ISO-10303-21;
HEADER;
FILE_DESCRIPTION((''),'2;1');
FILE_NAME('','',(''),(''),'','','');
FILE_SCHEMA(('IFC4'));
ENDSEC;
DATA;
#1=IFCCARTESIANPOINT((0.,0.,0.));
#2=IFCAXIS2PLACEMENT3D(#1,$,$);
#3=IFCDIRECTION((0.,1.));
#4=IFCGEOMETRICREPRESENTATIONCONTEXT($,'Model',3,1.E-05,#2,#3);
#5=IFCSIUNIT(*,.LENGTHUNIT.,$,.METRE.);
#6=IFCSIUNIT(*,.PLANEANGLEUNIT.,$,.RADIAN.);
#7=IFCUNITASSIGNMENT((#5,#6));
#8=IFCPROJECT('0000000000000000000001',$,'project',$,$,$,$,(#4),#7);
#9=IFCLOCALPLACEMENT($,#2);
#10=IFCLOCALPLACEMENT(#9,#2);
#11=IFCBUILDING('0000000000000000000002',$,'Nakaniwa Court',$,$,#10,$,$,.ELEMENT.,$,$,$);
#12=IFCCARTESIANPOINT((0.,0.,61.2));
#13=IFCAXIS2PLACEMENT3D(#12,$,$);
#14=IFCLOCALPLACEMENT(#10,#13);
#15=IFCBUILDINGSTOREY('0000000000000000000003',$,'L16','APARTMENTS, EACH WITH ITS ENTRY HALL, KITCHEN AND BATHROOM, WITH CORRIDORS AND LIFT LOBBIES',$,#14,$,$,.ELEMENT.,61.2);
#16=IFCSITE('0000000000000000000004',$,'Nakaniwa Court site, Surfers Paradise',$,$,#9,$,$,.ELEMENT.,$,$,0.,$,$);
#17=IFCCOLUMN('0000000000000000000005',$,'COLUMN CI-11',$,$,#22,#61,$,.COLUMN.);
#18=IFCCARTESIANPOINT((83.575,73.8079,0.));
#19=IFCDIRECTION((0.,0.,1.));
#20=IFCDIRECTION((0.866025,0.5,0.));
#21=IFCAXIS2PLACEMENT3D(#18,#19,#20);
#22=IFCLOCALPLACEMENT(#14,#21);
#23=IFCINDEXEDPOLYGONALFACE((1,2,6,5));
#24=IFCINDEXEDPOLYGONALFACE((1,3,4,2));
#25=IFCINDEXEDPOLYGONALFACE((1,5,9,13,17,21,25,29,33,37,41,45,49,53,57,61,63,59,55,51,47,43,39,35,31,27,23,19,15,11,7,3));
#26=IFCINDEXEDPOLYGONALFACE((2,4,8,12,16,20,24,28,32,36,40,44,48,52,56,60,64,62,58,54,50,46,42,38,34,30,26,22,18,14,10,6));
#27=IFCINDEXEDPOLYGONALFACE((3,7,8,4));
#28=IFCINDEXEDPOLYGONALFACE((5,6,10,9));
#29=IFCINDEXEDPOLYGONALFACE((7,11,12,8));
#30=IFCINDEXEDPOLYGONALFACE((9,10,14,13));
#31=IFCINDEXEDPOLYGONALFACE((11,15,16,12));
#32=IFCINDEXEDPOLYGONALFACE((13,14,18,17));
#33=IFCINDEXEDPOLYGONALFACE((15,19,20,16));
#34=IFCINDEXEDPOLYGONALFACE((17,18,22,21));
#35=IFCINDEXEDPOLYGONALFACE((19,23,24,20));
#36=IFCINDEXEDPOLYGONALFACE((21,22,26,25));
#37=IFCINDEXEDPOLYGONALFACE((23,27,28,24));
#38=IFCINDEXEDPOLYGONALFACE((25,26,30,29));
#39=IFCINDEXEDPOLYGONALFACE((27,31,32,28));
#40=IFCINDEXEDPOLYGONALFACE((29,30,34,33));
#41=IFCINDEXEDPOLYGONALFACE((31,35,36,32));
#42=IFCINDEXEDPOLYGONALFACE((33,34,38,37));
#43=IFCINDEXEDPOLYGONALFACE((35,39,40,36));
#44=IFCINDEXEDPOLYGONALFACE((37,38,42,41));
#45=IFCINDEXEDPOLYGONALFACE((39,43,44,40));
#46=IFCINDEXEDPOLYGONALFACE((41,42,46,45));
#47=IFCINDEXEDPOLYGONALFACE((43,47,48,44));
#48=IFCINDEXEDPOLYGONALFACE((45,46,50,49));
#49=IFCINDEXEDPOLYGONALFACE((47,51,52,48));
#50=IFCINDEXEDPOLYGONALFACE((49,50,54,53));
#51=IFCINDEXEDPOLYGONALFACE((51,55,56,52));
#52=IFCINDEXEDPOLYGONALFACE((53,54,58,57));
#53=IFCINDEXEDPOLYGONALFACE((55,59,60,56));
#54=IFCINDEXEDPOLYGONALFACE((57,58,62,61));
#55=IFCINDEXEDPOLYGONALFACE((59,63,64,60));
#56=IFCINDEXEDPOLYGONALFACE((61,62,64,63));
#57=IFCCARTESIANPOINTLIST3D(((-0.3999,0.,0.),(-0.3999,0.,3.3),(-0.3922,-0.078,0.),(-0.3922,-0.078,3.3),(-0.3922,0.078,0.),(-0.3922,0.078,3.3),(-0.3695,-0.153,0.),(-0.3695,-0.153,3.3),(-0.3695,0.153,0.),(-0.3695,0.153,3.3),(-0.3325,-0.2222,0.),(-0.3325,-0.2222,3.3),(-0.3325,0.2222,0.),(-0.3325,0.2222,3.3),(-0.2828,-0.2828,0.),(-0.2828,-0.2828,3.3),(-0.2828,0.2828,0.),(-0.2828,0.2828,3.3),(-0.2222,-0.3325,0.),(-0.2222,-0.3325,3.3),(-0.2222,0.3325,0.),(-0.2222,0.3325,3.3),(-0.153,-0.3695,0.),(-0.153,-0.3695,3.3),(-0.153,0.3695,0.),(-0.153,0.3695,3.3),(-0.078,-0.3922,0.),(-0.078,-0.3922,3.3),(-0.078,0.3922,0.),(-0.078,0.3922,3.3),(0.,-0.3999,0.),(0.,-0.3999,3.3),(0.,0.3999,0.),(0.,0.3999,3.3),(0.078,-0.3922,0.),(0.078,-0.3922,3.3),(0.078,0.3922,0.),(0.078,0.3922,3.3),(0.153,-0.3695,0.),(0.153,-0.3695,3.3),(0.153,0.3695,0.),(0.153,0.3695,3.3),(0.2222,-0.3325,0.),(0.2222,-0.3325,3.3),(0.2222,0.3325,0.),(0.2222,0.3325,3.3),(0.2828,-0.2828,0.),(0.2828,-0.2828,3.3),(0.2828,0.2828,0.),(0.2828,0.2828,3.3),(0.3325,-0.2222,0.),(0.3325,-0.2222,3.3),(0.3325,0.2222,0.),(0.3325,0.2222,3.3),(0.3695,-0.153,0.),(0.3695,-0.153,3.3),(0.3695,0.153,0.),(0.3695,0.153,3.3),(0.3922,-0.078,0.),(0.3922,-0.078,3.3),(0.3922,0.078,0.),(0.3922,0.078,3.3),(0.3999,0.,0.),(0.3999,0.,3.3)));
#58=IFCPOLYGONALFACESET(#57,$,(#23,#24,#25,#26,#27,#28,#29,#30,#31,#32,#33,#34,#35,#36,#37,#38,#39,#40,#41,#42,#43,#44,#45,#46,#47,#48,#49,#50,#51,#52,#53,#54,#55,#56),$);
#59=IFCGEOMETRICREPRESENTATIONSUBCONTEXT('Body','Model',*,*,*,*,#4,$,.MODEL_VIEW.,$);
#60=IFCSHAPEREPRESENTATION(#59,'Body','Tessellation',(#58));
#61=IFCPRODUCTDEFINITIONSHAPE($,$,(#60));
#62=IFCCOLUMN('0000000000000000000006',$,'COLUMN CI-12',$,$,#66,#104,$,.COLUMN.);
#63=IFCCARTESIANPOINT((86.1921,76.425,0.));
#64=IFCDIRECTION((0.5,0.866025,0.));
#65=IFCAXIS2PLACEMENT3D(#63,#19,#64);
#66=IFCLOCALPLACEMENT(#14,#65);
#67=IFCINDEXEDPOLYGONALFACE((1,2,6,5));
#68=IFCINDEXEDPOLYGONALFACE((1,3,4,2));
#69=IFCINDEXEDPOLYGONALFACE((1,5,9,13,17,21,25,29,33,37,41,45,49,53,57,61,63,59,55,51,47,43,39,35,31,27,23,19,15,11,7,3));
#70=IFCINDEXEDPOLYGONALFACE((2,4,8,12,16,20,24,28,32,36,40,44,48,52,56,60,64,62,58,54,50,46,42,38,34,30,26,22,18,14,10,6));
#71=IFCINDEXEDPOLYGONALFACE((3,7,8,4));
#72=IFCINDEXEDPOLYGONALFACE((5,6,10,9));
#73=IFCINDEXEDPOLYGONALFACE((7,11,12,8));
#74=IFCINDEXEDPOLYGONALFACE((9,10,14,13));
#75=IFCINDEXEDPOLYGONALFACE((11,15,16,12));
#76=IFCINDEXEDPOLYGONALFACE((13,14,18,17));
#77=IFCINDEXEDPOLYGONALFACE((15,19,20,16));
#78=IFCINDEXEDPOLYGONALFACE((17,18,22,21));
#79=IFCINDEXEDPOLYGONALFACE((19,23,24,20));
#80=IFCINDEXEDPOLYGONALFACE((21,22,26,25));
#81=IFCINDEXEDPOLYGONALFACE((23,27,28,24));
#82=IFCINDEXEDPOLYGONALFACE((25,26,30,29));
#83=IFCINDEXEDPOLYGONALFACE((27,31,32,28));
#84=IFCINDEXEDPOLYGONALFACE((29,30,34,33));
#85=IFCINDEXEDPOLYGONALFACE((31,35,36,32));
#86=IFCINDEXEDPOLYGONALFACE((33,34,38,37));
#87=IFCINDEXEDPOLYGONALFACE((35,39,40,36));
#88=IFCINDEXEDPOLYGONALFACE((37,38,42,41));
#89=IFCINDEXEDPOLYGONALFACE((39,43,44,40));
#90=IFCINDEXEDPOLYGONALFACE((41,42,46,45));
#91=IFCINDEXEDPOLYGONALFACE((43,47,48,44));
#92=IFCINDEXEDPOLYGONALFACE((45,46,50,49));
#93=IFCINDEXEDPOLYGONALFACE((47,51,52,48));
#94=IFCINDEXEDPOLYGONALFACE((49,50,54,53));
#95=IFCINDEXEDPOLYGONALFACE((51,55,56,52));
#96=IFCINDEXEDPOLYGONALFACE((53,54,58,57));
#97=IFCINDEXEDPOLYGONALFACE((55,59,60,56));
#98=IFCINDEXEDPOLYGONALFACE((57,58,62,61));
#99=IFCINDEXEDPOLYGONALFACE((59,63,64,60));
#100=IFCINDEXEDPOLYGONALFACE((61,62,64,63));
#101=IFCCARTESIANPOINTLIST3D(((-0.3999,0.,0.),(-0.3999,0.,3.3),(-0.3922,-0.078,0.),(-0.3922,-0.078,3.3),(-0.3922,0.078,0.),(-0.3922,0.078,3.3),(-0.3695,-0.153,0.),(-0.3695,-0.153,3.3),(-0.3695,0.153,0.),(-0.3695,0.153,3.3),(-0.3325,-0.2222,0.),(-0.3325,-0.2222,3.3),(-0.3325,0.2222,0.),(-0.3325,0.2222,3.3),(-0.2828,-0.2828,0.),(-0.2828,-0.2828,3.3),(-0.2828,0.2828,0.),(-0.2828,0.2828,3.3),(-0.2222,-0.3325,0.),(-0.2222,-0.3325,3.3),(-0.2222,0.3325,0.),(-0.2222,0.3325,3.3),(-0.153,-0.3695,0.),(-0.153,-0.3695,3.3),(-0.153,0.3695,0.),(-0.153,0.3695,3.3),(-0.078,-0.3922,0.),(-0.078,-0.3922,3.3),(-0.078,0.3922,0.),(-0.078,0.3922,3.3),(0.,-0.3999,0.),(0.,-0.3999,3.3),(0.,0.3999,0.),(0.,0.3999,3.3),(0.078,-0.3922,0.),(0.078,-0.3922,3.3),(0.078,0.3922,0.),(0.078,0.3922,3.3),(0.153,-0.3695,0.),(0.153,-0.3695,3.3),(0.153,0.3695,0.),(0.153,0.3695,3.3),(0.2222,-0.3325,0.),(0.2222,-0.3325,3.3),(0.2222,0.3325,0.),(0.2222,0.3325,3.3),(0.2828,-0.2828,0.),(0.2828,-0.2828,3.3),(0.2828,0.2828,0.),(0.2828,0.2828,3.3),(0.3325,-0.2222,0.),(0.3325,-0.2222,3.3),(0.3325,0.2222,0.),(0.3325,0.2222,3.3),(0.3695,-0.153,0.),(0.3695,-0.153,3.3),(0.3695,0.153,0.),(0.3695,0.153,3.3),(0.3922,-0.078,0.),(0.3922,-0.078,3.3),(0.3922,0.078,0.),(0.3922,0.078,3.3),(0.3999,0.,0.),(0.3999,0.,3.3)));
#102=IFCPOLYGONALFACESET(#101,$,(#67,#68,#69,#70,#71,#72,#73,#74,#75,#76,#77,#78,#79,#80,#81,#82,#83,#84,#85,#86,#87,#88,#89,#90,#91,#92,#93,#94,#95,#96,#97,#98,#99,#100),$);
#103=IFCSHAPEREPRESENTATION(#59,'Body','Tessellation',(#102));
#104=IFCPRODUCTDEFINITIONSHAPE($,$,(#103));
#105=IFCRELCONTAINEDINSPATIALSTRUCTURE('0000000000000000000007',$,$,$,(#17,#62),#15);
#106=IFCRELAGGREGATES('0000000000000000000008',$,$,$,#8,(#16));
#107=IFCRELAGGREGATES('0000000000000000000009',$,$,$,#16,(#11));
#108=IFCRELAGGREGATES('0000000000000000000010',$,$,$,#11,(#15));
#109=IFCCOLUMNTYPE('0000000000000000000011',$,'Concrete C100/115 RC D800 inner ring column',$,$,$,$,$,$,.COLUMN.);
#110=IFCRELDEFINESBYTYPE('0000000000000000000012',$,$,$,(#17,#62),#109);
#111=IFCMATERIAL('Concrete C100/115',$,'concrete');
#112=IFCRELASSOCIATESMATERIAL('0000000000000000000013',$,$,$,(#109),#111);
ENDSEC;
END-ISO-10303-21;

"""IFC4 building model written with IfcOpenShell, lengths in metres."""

from ifc_helpers import new_model, si_unit, direction, frame, origin, origin_2d, place, context, subcontext, project, spatial, circle, extrude, material, material_profile, profile_set, type_object, element, save


model = new_model("IFC4")

# Units and contexts
model_context = context("Model", 3, precision=1e-05, world=origin(), true_north=direction((0.0, 1.0)))
body_context = subcontext(model_context, "Body", "Model", "MODEL_VIEW")
ifc_project = project(units=[si_unit("LENGTHUNIT", "METRE"), si_unit("PLANEANGLEUNIT", "RADIAN")], contexts=[model_context])

# Site, building, storey
site_placement = place(None, origin())
site = spatial("IfcSite", under=ifc_project, at=site_placement, Name="Nakaniwa Court site, Surfers Paradise", CompositionType="ELEMENT", RefElevation=0.0)
building_placement = place(site_placement, origin())
building = spatial("IfcBuilding", under=site, at=building_placement, Name="Nakaniwa Court", CompositionType="ELEMENT")
storey_placement = place(building_placement, frame((0.0, 0.0, 61.2)))
storey = spatial("IfcBuildingStorey", under=building, at=storey_placement, Name="L16", Description="APARTMENTS, EACH WITH ITS ENTRY HALL, KITCHEN AND BATHROOM, WITH CORRIDORS AND LIFT LOBBIES", CompositionType="ELEMENT", Elevation=61.2)

# Columns
ifc_material_1 = material(Name="Concrete C100/115", Category="concrete")
ifc_material_profile_1 = material_profile(ifc_material_1, circle(Radius=0.3999, at=origin_2d()), Name="Concrete C100/115 RC D800 inner ring column")
ifc_profile_set_1 = profile_set([ifc_material_profile_1], Name="Concrete C100/115")
column_type = type_object("IfcColumnType", Name="Concrete C100/115 RC D800 inner ring column", PredefinedType="COLUMN", material=ifc_profile_set_1)
for number, where, z_axis, x_axis, name in (
    (1, (83.575, 73.8079, 0.0), (0.0, 0.0, 1.0), (0.866025, 0.5, 0.0), "COLUMN CI-11"),
    (2, (86.1921, 76.425, 0.0), (0.0, 0.0, 1.0), (0.5, 0.866025, 0.0), "COLUMN CI-12"),
):
    element("IfcColumn", number, at=place(storey_placement, frame(where, z_axis=z_axis, x_axis=x_axis)), inside=storey, type_object=column_type, Name=name, PredefinedType="COLUMN", context=body_context, shape_type="SweptSolid", body=[
        extrude(circle(Radius=0.3999, at=origin_2d()), origin(), (0.0, 0.0, 1.0), 3.3),
    ])

save(model, "model.ifc")
